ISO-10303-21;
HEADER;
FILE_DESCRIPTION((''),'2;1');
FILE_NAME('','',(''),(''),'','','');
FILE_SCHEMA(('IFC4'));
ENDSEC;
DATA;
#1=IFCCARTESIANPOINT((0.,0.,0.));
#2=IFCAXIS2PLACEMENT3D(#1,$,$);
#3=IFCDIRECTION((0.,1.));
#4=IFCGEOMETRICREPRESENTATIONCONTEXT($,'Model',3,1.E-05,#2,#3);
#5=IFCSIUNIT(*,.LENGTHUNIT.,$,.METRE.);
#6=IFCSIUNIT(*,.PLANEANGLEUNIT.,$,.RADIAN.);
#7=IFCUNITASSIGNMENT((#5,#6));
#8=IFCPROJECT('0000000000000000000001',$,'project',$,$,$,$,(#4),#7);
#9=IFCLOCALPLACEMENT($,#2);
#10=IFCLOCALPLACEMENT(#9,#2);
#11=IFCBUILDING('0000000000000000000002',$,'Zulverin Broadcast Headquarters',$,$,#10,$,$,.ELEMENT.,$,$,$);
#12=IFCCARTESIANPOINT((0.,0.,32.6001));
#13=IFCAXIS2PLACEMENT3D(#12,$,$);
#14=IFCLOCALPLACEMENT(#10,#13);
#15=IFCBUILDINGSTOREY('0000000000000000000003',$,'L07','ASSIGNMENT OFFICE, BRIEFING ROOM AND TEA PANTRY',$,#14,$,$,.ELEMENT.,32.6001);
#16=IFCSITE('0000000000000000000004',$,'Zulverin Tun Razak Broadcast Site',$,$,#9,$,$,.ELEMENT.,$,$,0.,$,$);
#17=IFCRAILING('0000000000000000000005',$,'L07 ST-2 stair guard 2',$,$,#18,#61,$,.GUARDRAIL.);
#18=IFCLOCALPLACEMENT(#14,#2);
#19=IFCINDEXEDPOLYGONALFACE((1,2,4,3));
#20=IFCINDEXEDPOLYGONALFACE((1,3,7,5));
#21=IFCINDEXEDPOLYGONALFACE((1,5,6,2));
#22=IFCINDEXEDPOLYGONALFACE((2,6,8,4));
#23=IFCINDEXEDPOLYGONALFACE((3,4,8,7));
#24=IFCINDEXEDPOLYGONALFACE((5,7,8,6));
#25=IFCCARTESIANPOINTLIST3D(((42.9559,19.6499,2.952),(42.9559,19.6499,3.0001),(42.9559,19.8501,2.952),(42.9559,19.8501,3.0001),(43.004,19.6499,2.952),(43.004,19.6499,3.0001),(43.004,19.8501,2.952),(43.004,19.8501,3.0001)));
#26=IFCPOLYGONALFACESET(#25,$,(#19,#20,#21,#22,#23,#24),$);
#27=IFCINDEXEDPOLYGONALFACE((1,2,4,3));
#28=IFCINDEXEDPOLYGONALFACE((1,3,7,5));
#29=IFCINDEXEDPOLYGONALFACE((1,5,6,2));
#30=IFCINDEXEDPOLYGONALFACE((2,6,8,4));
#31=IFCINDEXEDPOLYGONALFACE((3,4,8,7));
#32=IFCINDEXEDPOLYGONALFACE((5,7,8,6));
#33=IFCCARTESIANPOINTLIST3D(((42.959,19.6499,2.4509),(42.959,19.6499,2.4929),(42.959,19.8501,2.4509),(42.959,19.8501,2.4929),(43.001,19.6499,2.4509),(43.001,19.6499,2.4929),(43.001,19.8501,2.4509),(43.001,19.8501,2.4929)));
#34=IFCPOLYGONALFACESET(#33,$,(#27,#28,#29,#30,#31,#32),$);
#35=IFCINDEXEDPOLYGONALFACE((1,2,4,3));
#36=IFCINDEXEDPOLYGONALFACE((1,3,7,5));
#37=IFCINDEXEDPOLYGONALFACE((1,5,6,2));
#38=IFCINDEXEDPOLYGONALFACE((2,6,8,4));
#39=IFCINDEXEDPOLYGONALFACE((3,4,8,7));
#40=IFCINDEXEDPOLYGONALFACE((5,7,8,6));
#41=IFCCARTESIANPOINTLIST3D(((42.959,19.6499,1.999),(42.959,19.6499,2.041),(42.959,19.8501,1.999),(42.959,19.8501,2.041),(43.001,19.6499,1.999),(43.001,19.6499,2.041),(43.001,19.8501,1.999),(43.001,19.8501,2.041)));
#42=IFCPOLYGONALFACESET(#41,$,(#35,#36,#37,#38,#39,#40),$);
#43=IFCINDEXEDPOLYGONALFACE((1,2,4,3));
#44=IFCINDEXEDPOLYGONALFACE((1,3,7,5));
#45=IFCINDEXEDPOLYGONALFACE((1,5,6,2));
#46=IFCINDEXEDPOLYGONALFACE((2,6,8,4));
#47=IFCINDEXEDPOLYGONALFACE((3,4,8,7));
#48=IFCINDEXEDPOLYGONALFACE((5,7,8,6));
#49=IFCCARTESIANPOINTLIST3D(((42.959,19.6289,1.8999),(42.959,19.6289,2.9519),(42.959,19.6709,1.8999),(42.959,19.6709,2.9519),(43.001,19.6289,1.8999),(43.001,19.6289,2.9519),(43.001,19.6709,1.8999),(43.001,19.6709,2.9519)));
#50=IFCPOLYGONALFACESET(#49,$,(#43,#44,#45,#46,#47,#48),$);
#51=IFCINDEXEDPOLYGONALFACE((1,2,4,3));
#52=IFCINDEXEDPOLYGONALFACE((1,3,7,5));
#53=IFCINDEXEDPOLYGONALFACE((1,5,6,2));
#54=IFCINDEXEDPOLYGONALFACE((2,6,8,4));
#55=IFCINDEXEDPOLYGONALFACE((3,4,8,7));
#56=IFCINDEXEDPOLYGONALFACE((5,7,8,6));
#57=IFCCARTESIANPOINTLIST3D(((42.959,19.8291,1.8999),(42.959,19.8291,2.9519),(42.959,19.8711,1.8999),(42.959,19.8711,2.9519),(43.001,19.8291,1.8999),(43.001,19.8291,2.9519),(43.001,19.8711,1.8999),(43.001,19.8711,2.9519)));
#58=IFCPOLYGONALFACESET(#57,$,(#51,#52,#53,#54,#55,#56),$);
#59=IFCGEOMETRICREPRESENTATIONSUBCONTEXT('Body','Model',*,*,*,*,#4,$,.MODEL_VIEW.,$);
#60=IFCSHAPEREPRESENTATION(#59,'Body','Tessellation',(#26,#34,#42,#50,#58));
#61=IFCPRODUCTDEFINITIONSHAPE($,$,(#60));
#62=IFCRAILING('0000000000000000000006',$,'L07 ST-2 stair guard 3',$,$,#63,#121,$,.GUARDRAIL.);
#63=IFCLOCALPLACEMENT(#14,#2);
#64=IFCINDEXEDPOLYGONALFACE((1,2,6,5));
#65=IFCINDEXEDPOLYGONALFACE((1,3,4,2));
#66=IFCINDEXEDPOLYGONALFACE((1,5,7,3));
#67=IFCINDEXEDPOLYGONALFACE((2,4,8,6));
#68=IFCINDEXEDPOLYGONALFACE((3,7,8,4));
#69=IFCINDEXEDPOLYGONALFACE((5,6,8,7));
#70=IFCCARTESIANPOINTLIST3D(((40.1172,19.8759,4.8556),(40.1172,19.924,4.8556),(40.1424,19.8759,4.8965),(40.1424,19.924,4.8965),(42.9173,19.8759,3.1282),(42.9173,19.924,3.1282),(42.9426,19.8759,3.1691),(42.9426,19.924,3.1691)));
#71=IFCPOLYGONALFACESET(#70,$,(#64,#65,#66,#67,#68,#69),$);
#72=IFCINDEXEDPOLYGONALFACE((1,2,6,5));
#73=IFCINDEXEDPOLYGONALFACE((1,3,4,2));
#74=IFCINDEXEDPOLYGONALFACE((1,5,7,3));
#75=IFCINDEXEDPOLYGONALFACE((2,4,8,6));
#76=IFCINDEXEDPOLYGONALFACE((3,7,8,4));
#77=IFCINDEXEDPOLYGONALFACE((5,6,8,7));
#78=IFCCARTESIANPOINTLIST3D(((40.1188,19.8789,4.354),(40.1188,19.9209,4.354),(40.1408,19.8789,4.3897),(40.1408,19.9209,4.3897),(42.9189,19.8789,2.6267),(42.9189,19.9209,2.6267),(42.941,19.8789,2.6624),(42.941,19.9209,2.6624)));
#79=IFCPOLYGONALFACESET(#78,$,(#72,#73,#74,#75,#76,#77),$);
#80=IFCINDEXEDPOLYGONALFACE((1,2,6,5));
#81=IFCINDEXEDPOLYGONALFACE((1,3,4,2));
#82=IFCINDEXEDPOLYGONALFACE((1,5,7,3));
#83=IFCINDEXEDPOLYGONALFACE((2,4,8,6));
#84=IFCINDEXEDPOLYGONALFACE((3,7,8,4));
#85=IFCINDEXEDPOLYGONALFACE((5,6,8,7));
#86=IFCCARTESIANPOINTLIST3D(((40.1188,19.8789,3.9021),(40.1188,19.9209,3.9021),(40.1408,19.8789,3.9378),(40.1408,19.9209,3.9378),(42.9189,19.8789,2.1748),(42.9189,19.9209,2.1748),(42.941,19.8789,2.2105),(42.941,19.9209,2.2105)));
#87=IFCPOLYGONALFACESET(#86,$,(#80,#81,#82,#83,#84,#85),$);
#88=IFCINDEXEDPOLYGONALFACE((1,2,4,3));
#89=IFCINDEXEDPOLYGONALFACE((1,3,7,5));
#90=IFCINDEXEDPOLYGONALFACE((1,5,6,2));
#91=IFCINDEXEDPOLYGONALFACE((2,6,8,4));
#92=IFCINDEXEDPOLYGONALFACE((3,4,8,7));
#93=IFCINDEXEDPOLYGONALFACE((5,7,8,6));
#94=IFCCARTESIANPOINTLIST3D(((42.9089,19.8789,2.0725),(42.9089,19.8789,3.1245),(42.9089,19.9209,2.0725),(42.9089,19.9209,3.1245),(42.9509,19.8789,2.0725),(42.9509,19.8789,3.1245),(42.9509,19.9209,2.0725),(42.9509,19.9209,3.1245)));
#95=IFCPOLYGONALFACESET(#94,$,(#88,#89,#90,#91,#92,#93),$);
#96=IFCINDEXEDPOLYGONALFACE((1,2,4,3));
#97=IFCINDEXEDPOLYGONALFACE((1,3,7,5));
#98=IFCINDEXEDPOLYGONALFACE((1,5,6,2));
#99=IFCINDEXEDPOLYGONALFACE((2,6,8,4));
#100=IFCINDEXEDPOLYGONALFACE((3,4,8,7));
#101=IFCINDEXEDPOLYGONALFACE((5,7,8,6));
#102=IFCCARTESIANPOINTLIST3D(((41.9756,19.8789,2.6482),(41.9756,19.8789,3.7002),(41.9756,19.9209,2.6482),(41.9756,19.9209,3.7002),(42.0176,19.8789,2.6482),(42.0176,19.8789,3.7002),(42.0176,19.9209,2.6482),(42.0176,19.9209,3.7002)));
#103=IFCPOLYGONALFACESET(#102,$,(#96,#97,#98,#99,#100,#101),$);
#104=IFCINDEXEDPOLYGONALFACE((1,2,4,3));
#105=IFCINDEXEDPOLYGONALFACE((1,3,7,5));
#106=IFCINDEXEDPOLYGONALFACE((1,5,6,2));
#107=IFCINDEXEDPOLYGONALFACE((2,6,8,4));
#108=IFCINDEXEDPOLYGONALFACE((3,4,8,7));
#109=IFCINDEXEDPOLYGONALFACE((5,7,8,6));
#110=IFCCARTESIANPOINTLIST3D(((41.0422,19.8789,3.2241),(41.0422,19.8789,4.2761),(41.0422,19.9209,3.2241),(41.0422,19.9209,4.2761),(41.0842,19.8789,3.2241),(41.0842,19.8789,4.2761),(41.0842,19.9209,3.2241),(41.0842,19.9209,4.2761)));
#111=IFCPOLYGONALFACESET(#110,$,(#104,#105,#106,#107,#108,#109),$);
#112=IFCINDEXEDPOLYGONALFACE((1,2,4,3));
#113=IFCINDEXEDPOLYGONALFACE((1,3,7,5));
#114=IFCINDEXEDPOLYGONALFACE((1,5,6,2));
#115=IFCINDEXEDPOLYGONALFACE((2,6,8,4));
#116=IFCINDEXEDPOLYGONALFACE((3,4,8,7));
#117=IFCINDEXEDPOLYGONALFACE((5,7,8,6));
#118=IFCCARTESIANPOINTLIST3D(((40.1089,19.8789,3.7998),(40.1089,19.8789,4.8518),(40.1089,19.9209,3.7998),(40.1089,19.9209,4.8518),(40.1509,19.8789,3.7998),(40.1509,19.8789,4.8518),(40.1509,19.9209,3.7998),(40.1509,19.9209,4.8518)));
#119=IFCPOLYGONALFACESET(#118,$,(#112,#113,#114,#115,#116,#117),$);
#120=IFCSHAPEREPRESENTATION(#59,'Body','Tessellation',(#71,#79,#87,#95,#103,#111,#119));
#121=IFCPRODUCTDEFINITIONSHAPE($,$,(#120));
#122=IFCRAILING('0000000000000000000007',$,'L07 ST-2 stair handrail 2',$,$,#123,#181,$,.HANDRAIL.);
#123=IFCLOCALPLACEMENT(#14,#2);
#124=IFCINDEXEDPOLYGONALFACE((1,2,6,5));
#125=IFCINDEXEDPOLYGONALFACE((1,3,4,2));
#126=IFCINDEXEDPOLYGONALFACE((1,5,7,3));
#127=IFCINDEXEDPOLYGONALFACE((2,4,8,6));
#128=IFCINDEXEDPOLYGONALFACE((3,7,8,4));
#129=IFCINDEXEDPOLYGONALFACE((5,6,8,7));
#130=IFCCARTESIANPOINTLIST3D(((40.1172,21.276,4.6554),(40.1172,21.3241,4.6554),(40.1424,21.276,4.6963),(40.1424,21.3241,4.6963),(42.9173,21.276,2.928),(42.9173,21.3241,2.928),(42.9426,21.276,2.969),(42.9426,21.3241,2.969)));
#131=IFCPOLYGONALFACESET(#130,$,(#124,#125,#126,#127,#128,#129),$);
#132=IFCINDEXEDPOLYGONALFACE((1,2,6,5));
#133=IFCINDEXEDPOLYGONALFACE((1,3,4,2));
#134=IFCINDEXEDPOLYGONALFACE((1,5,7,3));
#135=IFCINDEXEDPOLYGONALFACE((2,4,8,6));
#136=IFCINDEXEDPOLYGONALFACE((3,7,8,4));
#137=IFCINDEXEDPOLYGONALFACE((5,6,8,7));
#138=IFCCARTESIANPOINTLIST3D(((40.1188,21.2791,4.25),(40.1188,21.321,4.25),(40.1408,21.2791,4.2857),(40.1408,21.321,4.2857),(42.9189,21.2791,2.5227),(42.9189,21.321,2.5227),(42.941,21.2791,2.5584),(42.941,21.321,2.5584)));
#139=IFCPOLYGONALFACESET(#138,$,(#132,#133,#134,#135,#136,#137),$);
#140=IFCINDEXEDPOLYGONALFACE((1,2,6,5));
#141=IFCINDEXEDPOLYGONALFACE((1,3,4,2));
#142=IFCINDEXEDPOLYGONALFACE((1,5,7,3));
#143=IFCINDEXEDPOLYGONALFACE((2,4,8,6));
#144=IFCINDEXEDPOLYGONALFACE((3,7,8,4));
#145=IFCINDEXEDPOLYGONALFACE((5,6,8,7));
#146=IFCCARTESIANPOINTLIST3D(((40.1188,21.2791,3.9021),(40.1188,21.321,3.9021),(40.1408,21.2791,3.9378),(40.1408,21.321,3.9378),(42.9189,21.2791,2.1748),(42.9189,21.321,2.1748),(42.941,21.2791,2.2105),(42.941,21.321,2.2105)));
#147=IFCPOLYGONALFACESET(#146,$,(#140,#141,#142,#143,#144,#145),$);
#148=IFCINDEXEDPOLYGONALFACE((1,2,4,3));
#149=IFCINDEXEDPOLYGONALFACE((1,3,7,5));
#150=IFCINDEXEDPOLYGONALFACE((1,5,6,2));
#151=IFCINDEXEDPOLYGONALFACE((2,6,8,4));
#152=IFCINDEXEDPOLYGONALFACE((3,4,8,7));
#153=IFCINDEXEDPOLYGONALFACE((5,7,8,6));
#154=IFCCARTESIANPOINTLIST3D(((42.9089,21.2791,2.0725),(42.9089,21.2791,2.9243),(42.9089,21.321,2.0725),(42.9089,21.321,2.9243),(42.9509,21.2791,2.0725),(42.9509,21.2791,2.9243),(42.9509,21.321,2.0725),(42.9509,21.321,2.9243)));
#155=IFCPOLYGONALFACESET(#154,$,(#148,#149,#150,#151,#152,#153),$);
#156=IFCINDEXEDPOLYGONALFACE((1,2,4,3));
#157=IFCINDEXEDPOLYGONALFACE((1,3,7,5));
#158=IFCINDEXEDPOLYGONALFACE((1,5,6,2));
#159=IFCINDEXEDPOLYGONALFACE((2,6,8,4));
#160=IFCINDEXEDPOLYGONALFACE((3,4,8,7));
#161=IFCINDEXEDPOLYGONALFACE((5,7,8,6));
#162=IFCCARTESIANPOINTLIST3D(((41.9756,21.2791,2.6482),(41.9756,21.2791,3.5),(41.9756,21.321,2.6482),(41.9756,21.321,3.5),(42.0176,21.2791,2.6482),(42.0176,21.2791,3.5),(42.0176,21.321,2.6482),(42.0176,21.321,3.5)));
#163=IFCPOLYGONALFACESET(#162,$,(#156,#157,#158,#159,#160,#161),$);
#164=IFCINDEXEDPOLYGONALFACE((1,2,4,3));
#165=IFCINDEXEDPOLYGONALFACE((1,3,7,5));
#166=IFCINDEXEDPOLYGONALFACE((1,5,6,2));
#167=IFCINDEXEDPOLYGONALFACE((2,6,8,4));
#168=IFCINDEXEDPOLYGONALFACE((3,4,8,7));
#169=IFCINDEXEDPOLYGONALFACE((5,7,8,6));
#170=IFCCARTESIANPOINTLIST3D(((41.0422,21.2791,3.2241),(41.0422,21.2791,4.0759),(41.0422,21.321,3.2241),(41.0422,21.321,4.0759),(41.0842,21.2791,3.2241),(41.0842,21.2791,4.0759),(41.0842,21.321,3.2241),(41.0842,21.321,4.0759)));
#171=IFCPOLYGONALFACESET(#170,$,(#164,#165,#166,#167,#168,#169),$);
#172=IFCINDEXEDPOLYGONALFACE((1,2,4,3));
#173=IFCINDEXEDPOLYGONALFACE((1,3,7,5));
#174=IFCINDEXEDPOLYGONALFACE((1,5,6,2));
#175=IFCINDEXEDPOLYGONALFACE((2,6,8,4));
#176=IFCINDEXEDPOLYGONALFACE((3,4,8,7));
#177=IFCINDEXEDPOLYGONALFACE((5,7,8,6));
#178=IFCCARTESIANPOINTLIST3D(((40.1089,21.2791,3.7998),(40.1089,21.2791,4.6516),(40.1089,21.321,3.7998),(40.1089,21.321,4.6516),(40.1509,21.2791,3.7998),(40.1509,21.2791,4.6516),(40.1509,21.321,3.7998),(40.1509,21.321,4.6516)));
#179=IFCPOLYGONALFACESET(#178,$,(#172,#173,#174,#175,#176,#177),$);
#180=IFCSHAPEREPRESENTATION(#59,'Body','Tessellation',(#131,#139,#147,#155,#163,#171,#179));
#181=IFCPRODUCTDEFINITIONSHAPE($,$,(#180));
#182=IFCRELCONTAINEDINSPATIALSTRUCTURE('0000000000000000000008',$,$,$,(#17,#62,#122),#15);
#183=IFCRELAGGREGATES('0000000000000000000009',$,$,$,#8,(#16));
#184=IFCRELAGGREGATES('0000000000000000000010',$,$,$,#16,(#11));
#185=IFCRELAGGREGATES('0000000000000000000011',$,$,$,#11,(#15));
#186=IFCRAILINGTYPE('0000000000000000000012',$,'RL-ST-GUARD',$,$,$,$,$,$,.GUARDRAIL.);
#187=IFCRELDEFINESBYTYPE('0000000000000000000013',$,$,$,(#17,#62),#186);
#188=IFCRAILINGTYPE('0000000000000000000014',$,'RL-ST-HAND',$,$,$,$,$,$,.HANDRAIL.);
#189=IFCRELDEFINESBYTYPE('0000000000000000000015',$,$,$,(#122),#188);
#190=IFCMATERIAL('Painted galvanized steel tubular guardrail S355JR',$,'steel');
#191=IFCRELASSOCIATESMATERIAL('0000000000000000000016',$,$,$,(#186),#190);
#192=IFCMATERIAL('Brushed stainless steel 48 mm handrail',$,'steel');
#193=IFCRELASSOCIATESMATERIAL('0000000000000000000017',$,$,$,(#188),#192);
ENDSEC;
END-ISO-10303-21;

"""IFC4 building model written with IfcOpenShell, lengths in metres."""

from ifc_helpers import new_model, si_unit, direction, frame, origin, origin_2d, place, context, subcontext, project, spatial, rectangle, extrude, material, type_object, element, save


model = new_model("IFC4")

# Units and contexts
model_context = context("Model", 3, precision=1e-05, world=origin(), true_north=direction((0.0, 1.0)))
body_context = subcontext(model_context, "Body", "Model", "MODEL_VIEW")
ifc_project = project(units=[si_unit("LENGTHUNIT", "METRE"), si_unit("PLANEANGLEUNIT", "RADIAN")], contexts=[model_context])

# Site, building, storey
site_placement = place(None, origin())
site = spatial("IfcSite", under=ifc_project, at=site_placement, Name="Zulverin Tun Razak Broadcast Site", CompositionType="ELEMENT", RefElevation=0.0)
building_placement = place(site_placement, origin())
building = spatial("IfcBuilding", under=site, at=building_placement, Name="Zulverin Broadcast Headquarters", CompositionType="ELEMENT")
storey_placement = place(building_placement, frame((0.0, 0.0, 32.6001)))
storey = spatial("IfcBuildingStorey", under=building, at=storey_placement, Name="L07", Description="ASSIGNMENT OFFICE, BRIEFING ROOM AND TEA PANTRY", CompositionType="ELEMENT", Elevation=32.6001)

# Railings
ifc_material_1 = material(Name="Painted galvanized steel tubular guardrail S355JR", Category="steel")
railing_type_1 = type_object("IfcRailingType", Name="RL-ST-GUARD", PredefinedType="GUARDRAIL", material=ifc_material_1)
railing_1_placement = place(storey_placement, frame((42.98, 19.6499, 1.8999)))
element("IfcRailing", 1, at=railing_1_placement, inside=storey, type_object=railing_type_1, Name="L07 ST-2 stair guard 2", PredefinedType="GUARDRAIL", context=body_context, shape_type="SweptSolid", body=[
    extrude(rectangle(XDim=0.0481, YDim=0.0481, at=origin_2d()), frame((0.0, 0.0, 1.0762), z_axis=(0.0, 1.0, 0.0), x_axis=(-1.0, 0.0, 0.0)), (0.0, 0.0, 1.0), 0.2002),
    extrude(rectangle(XDim=0.042, YDim=0.042, at=origin_2d()), frame((0.0, 0.0, 0.572), z_axis=(0.0, 1.0, 0.0), x_axis=(-1.0, 0.0, 0.0)), (0.0, 0.0, 1.0), 0.2002),
    extrude(rectangle(XDim=0.042, YDim=0.042, at=origin_2d()), frame((0.0, 0.0, 0.1201), z_axis=(0.0, 1.0, 0.0), x_axis=(-1.0, 0.0, 0.0)), (0.0, 0.0, 1.0), 0.2002),
    extrude(rectangle(XDim=0.042, YDim=0.042, at=origin_2d()), origin(), (0.0, 0.0, 1.0), 1.052),
    extrude(rectangle(XDim=0.042, YDim=0.042, at=origin_2d()), frame((0.0, 0.2002, 0.0)), (0.0, 0.0, 1.0), 1.052),
])
railing_2_placement = place(storey_placement, frame((42.9299, 19.8999, 2.0725)))
element("IfcRailing", 2, at=railing_2_placement, inside=storey, type_object=railing_type_1, Name="L07 ST-2 stair guard 3", PredefinedType="GUARDRAIL", context=body_context, shape_type="SweptSolid", body=[
    extrude(rectangle(XDim=0.0481, YDim=0.0481, at=origin_2d()), frame((0.0, 0.0, 1.0762), z_axis=(-0.85109, 0.0, 0.52502), x_axis=(0.0, -1.0, 0.0)), (0.0, 0.0, 1.0), 3.29),
    extrude(rectangle(XDim=0.042, YDim=0.042, at=origin_2d()), frame((0.0, 0.0, 0.572), z_axis=(-0.85109, 0.0, 0.52502), x_axis=(0.0, -1.0, 0.0)), (0.0, 0.0, 1.0), 3.29),
    extrude(rectangle(XDim=0.042, YDim=0.042, at=origin_2d()), frame((0.0, 0.0, 0.1201), z_axis=(-0.85109, 0.0, 0.52502), x_axis=(0.0, -1.0, 0.0)), (0.0, 0.0, 1.0), 3.29),
    extrude(rectangle(XDim=0.042, YDim=0.042, at=origin_2d()), origin(), (0.0, 0.0, 1.0), 1.052),
    extrude(rectangle(XDim=0.042, YDim=0.042, at=origin_2d()), frame((-0.9333, 0.0, 0.5757)), (0.0, 0.0, 1.0), 1.052),
    extrude(rectangle(XDim=0.042, YDim=0.042, at=origin_2d()), frame((-1.8667, 0.0, 1.1516)), (0.0, 0.0, 1.0), 1.052),
    extrude(rectangle(XDim=0.042, YDim=0.042, at=origin_2d()), frame((-2.8, 0.0, 1.7273)), (0.0, 0.0, 1.0), 1.052),
])
ifc_material_2 = material(Name="Brushed stainless steel 48 mm handrail", Category="steel")
railing_type_2 = type_object("IfcRailingType", Name="RL-ST-HAND", PredefinedType="HANDRAIL", material=ifc_material_2)
railing_3_placement = place(storey_placement, frame((42.9299, 21.3, 2.0725)))
element("IfcRailing", 3, at=railing_3_placement, inside=storey, type_object=railing_type_2, Name="L07 ST-2 stair handrail 2", PredefinedType="HANDRAIL", context=body_context, shape_type="SweptSolid", body=[
    extrude(rectangle(XDim=0.0481, YDim=0.0481, at=origin_2d()), frame((0.0, 0.0, 0.876), z_axis=(-0.85109, 0.0, 0.52502), x_axis=(0.0, -1.0, 0.0)), (0.0, 0.0, 1.0), 3.29),
    extrude(rectangle(XDim=0.042, YDim=0.042, at=origin_2d()), frame((0.0, 0.0, 0.468), z_axis=(-0.85109, 0.0, 0.52502), x_axis=(0.0, -1.0, 0.0)), (0.0, 0.0, 1.0), 3.29),
    extrude(rectangle(XDim=0.042, YDim=0.042, at=origin_2d()), frame((0.0, 0.0, 0.1201), z_axis=(-0.85109, 0.0, 0.52502), x_axis=(0.0, -1.0, 0.0)), (0.0, 0.0, 1.0), 3.29),
    extrude(rectangle(XDim=0.042, YDim=0.042, at=origin_2d()), origin(), (0.0, 0.0, 1.0), 0.8518),
    extrude(rectangle(XDim=0.042, YDim=0.042, at=origin_2d()), frame((-0.9333, 0.0, 0.5757)), (0.0, 0.0, 1.0), 0.8518),
    extrude(rectangle(XDim=0.042, YDim=0.042, at=origin_2d()), frame((-1.8667, 0.0, 1.1516)), (0.0, 0.0, 1.0), 0.8518),
    extrude(rectangle(XDim=0.042, YDim=0.042, at=origin_2d()), frame((-2.8, 0.0, 1.7273)), (0.0, 0.0, 1.0), 0.8518),
])

save(model, "model.ifc")
